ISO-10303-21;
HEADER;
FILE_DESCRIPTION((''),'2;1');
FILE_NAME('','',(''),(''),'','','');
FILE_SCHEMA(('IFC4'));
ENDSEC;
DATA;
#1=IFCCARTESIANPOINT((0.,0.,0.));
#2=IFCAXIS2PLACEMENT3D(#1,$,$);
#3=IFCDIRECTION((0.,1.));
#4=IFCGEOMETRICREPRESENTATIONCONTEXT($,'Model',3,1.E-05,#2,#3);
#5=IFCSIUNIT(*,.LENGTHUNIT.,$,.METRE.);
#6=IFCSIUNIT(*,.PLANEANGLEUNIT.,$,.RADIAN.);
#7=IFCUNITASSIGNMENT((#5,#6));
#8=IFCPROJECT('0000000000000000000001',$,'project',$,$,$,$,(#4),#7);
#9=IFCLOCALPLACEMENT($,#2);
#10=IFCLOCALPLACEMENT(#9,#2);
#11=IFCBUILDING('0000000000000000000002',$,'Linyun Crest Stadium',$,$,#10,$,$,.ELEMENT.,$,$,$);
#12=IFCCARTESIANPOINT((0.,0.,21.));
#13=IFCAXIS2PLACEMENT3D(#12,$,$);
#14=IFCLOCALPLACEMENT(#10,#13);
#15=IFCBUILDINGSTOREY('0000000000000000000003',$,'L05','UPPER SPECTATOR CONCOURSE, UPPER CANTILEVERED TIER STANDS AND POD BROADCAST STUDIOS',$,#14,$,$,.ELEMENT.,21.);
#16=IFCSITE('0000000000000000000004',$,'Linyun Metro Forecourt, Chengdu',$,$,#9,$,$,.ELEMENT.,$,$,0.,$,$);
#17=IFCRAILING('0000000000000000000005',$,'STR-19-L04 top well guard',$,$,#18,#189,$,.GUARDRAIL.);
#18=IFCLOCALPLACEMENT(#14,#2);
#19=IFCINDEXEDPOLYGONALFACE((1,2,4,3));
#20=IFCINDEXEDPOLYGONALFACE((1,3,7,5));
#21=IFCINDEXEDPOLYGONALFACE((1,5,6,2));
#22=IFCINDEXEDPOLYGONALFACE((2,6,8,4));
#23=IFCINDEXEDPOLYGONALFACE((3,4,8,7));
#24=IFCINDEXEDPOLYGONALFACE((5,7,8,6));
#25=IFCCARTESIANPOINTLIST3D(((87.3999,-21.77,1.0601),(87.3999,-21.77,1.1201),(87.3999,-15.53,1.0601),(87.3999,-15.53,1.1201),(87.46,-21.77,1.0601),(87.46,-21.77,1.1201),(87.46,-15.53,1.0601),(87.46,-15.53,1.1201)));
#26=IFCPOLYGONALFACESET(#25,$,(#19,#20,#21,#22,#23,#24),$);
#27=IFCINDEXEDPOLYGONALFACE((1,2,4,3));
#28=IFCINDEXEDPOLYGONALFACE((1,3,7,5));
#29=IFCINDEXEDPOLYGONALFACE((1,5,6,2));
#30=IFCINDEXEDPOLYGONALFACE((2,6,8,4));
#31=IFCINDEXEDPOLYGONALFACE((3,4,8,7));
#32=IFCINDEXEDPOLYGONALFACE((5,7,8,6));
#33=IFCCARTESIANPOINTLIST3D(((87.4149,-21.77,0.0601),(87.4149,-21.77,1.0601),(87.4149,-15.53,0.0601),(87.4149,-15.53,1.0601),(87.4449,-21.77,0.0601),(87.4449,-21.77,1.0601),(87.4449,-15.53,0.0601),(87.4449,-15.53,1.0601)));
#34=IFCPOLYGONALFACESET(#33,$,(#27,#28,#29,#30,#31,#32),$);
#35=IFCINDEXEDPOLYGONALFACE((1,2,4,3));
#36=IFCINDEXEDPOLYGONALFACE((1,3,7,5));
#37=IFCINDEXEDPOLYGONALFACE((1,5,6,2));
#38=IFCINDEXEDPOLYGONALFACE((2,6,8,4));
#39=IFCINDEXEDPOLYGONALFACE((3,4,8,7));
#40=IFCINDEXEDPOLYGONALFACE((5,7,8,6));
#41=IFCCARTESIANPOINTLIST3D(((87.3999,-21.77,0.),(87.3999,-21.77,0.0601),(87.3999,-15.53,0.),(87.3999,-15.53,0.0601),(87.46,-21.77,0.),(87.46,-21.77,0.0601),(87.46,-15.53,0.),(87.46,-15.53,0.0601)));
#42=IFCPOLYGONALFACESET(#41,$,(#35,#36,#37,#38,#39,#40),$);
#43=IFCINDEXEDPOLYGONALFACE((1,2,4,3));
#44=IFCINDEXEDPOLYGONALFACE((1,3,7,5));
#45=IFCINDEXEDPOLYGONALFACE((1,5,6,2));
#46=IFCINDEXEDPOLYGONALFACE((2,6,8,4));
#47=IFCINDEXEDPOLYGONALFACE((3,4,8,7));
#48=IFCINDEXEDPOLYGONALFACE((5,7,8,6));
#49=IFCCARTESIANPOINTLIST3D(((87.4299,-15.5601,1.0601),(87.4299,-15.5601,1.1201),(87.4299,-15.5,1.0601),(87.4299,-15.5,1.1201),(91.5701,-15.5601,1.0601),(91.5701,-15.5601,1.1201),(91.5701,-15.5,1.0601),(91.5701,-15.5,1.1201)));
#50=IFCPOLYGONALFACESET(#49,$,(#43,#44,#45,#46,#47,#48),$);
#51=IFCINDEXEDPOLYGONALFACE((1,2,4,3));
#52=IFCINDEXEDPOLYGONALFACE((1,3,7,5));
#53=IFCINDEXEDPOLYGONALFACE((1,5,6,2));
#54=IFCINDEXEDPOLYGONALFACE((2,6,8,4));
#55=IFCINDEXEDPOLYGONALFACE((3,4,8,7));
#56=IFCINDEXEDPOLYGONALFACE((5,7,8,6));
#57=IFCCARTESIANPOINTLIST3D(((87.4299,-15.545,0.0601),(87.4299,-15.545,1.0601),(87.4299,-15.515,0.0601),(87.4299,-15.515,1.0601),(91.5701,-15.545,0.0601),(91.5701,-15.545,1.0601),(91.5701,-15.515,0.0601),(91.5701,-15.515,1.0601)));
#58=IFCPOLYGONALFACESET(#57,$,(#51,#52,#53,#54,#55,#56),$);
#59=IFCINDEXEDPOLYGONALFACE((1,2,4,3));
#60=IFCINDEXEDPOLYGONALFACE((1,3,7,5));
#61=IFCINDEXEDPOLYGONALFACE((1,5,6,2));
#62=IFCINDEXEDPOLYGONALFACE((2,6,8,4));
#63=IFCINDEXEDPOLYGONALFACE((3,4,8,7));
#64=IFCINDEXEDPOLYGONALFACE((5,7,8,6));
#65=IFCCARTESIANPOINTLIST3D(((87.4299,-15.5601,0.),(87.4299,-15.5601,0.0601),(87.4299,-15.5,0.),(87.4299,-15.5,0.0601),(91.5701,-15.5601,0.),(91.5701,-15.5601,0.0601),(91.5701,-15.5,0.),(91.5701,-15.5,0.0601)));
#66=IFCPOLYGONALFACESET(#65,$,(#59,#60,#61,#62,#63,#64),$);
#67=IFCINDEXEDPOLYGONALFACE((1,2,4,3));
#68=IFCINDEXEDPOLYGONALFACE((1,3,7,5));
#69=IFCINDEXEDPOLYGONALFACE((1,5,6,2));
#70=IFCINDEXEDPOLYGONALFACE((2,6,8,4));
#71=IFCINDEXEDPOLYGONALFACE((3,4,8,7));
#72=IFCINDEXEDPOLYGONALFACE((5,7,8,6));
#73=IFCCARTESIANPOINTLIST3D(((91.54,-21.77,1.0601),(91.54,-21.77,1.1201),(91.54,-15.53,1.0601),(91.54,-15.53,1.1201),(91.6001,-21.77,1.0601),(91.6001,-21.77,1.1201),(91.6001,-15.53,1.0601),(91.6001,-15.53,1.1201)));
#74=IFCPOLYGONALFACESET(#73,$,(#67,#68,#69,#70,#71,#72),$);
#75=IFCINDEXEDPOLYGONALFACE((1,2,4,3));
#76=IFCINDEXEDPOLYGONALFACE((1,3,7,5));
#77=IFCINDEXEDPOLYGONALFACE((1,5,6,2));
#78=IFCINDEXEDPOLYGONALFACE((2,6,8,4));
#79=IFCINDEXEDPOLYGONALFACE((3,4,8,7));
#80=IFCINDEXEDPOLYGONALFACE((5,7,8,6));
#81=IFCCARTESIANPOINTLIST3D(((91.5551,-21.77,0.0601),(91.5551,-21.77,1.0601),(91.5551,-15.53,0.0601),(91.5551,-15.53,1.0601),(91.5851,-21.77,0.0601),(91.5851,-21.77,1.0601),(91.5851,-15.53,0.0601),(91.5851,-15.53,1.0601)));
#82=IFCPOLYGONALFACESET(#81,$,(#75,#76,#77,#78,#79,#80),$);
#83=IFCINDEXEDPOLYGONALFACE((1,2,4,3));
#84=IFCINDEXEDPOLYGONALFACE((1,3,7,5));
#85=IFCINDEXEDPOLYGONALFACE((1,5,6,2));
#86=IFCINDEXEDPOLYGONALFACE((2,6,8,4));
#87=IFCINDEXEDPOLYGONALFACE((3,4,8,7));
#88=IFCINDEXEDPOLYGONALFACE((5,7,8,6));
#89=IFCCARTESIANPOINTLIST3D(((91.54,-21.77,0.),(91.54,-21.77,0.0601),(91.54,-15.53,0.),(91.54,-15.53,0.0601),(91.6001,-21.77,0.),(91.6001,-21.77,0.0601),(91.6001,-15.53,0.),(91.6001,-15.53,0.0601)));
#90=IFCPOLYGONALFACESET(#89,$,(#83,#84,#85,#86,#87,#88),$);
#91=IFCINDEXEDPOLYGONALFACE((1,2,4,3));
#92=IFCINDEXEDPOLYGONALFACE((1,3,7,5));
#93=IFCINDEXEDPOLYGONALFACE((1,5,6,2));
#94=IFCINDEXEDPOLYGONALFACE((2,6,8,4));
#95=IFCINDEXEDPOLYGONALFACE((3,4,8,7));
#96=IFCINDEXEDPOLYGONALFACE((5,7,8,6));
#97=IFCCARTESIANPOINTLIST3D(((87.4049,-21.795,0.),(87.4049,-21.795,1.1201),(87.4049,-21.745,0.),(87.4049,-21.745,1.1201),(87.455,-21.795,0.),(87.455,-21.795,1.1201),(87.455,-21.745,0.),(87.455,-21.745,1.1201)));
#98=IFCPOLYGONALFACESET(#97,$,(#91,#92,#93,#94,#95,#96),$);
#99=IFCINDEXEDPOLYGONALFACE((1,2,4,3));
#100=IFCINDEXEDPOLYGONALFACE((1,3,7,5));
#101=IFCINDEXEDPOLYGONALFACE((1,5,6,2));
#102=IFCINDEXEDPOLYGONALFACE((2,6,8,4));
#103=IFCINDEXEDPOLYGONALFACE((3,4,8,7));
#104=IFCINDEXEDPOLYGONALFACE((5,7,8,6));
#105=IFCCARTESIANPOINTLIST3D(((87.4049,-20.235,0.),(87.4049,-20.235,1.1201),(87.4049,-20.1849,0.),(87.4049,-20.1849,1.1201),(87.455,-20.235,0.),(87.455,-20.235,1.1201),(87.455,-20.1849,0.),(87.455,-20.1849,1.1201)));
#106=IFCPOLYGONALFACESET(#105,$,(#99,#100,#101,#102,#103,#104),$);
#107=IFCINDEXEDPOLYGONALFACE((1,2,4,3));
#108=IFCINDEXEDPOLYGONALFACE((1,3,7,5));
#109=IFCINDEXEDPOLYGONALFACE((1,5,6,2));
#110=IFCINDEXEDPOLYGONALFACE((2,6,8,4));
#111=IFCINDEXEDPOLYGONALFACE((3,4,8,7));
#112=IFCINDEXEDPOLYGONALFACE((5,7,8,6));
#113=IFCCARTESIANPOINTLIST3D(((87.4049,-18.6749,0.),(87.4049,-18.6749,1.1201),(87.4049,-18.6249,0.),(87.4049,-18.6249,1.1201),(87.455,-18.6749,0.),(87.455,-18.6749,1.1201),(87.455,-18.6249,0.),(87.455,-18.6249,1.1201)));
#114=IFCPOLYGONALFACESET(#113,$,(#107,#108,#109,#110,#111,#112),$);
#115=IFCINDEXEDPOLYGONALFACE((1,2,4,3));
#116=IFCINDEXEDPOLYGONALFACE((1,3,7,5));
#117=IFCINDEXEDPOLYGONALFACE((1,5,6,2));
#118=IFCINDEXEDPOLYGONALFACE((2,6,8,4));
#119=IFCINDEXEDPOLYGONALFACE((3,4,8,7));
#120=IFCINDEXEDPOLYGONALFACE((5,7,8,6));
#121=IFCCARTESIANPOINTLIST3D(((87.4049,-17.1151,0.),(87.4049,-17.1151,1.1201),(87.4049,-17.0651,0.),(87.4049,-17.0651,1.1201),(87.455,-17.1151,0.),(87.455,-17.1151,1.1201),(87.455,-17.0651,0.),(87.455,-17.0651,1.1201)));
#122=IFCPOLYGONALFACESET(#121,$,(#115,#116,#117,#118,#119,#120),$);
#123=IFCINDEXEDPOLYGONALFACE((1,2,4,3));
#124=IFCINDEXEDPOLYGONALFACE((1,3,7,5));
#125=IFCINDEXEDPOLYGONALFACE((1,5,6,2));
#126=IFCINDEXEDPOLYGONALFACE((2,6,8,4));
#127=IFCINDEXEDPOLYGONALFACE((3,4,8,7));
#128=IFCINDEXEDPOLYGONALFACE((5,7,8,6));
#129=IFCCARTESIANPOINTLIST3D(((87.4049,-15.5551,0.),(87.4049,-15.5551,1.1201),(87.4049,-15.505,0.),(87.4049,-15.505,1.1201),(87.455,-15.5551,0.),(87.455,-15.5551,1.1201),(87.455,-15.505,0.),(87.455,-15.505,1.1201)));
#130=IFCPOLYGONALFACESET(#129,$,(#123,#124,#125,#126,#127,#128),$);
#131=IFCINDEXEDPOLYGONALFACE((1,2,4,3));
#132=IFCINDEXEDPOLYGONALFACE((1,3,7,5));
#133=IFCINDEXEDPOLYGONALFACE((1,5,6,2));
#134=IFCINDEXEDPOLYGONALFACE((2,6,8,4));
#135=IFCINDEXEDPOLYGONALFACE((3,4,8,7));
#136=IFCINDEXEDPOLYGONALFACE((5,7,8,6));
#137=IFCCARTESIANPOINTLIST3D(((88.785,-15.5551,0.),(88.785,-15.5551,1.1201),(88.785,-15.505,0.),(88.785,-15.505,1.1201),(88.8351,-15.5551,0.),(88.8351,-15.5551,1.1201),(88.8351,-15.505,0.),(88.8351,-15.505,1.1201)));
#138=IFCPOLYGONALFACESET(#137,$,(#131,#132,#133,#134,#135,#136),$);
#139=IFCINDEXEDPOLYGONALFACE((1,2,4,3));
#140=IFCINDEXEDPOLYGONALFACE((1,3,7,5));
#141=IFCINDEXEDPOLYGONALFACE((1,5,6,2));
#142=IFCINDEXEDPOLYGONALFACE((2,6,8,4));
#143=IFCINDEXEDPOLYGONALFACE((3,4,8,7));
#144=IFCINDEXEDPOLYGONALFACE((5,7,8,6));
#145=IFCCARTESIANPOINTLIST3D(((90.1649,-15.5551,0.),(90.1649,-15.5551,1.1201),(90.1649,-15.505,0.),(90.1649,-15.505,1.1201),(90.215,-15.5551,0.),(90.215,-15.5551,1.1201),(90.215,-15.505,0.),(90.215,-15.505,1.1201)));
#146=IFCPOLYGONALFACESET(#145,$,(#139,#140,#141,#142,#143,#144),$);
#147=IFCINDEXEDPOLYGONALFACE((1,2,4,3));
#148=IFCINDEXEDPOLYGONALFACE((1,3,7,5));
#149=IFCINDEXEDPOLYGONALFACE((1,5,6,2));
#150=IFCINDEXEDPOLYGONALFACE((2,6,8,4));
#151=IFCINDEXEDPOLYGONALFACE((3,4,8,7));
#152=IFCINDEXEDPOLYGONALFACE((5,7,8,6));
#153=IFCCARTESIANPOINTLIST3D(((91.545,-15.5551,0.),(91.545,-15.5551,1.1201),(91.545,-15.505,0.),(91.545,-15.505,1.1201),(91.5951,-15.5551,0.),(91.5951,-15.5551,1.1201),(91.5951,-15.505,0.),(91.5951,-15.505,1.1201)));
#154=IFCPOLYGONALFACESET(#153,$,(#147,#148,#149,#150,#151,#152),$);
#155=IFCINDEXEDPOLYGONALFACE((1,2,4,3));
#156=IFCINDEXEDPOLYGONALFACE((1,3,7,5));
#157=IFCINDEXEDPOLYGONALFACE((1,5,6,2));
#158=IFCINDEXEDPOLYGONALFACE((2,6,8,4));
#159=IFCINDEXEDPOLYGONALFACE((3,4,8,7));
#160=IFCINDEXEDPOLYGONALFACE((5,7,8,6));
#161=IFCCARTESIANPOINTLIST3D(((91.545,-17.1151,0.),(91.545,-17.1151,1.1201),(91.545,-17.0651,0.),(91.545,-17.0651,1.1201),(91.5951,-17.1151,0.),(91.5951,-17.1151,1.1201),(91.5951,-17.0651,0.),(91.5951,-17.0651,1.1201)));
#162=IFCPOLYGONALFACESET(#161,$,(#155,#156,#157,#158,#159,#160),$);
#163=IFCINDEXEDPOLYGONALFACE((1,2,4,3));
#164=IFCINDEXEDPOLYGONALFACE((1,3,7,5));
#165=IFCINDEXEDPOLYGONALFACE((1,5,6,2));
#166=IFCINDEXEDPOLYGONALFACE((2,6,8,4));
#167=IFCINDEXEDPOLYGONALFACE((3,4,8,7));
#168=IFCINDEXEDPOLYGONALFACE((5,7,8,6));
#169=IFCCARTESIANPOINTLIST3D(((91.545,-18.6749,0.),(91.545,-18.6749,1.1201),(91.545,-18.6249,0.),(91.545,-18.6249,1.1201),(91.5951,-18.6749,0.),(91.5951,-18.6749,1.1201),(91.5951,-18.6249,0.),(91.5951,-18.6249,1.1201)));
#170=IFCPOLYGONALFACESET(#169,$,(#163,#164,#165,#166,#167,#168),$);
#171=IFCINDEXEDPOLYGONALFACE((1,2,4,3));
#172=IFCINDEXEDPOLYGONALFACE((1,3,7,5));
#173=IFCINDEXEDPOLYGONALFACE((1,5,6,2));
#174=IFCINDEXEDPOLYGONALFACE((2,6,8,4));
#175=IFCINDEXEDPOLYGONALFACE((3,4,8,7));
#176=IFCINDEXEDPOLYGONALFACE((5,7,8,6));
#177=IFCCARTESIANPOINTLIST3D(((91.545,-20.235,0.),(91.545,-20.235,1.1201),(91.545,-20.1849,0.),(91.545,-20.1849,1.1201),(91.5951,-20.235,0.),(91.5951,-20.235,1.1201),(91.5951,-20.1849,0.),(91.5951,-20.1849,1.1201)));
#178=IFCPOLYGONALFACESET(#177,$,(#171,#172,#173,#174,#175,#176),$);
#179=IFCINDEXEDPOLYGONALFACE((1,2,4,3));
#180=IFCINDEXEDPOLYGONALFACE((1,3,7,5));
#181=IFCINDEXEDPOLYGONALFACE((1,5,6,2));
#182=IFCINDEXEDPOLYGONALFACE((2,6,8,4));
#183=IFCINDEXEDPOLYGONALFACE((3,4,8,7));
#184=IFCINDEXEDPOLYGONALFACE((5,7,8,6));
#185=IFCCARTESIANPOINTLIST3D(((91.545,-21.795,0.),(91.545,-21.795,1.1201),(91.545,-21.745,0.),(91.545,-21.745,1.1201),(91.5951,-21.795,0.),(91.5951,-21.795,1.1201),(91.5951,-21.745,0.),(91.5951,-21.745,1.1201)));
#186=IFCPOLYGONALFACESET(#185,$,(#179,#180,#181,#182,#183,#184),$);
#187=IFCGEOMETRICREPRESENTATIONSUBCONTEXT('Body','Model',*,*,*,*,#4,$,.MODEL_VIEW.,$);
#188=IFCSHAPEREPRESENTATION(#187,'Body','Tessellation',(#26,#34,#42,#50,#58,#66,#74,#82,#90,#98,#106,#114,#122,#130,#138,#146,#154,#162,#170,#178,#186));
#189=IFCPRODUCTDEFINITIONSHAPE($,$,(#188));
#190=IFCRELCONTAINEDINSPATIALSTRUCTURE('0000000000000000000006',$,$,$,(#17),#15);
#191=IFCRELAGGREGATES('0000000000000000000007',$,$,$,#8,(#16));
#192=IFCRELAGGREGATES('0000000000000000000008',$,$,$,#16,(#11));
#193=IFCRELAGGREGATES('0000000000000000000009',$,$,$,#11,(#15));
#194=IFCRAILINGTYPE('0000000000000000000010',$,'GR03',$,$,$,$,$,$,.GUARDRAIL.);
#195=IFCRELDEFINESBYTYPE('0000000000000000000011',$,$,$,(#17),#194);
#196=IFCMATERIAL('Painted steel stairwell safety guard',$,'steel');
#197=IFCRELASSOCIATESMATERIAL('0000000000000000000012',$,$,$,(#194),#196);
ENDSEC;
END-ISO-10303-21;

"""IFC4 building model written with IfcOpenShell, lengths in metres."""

from ifc_helpers import new_model, si_unit, direction, frame, origin, origin_2d, place, context, subcontext, project, spatial, rectangle, extrude, material, type_object, element, save


model = new_model("IFC4")

# Units and contexts
model_context = context("Model", 3, precision=1e-05, world=origin(), true_north=direction((0.0, 1.0)))
body_context = subcontext(model_context, "Body", "Model", "MODEL_VIEW")
ifc_project = project(units=[si_unit("LENGTHUNIT", "METRE"), si_unit("PLANEANGLEUNIT", "RADIAN")], contexts=[model_context])

# Site, building, storey
site_placement = place(None, origin())
site = spatial("IfcSite", under=ifc_project, at=site_placement, Name="Linyun Metro Forecourt, Chengdu", CompositionType="ELEMENT", RefElevation=0.0)
building_placement = place(site_placement, origin())
building = spatial("IfcBuilding", under=site, at=building_placement, Name="Linyun Crest Stadium", CompositionType="ELEMENT")
storey_placement = place(building_placement, frame((0.0, 0.0, 21.0)))
storey = spatial("IfcBuildingStorey", under=building, at=storey_placement, Name="L05", Description="UPPER SPECTATOR CONCOURSE, UPPER CANTILEVERED TIER STANDS AND POD BROADCAST STUDIOS", CompositionType="ELEMENT", Elevation=21.0)

# Railing
ifc_material_1 = material(Name="Painted steel stairwell safety guard", Category="steel")
railing_type_1 = type_object("IfcRailingType", Name="GR03", PredefinedType="GUARDRAIL", material=ifc_material_1)
railing_1_placement = place(storey_placement, frame((87.4299, -21.77, 0.0)))
element("IfcRailing", 1, at=railing_1_placement, inside=storey, type_object=railing_type_1, Name="STR-19-L04 top well guard", PredefinedType="GUARDRAIL", context=body_context, shape_type="SweptSolid", body=[
    extrude(rectangle(XDim=0.0601, YDim=0.0601, at=origin_2d()), frame((0.0, 0.0, 1.0901), z_axis=(0.0, 1.0, 0.0), x_axis=(-1.0, 0.0, 0.0)), (0.0, 0.0, 1.0), 6.24),
    extrude(rectangle(XDim=0.03, YDim=1.0, at=origin_2d()), frame((0.0, 0.0, 0.5601), z_axis=(0.0, 1.0, 0.0), x_axis=(-1.0, 0.0, 0.0)), (0.0, 0.0, 1.0), 6.24),
    extrude(rectangle(XDim=0.0601, YDim=0.0601, at=origin_2d()), frame((0.0, 0.0, 0.03), z_axis=(0.0, 1.0, 0.0), x_axis=(-1.0, 0.0, 0.0)), (0.0, 0.0, 1.0), 6.24),
    extrude(rectangle(XDim=0.0601, YDim=0.0601, at=origin_2d()), frame((0.0, 6.24, 1.0901), z_axis=(1.0, 0.0, 0.0), x_axis=(0.0, 1.0, 0.0)), (0.0, 0.0, 1.0), 4.1401),
    extrude(rectangle(XDim=0.03, YDim=1.0, at=origin_2d()), frame((0.0, 6.24, 0.5601), z_axis=(1.0, 0.0, 0.0), x_axis=(0.0, 1.0, 0.0)), (0.0, 0.0, 1.0), 4.1401),
    extrude(rectangle(XDim=0.0601, YDim=0.0601, at=origin_2d()), frame((0.0, 6.24, 0.03), z_axis=(1.0, 0.0, 0.0), x_axis=(0.0, 1.0, 0.0)), (0.0, 0.0, 1.0), 4.1401),
    extrude(rectangle(XDim=0.0601, YDim=0.0601, at=origin_2d()), frame((4.1401, 6.24, 1.0901), z_axis=(0.0, -1.0, 0.0), x_axis=(1.0, 0.0, 0.0)), (0.0, 0.0, 1.0), 6.24),
    extrude(rectangle(XDim=0.03, YDim=1.0, at=origin_2d()), frame((4.1401, 6.24, 0.5601), z_axis=(0.0, -1.0, 0.0), x_axis=(1.0, 0.0, 0.0)), (0.0, 0.0, 1.0), 6.24),
    extrude(rectangle(XDim=0.0601, YDim=0.0601, at=origin_2d()), frame((4.1401, 6.24, 0.03), z_axis=(0.0, -1.0, 0.0), x_axis=(1.0, 0.0, 0.0)), (0.0, 0.0, 1.0), 6.24),
    extrude(rectangle(XDim=0.05, YDim=0.05, at=origin_2d()), origin(), (0.0, 0.0, 1.0), 1.1201),
    extrude(rectangle(XDim=0.05, YDim=0.05, at=origin_2d()), frame((0.0, 1.5601, 0.0)), (0.0, 0.0, 1.0), 1.1201),
    extrude(rectangle(XDim=0.05, YDim=0.05, at=origin_2d()), frame((0.0, 3.1201, 0.0)), (0.0, 0.0, 1.0), 1.1201),
    extrude(rectangle(XDim=0.05, YDim=0.05, at=origin_2d()), frame((0.0, 4.6799, 0.0)), (0.0, 0.0, 1.0), 1.1201),
    extrude(rectangle(XDim=0.05, YDim=0.05, at=origin_2d()), frame((0.0, 6.24, 0.0)), (0.0, 0.0, 1.0), 1.1201),
    extrude(rectangle(XDim=0.05, YDim=0.05, at=origin_2d()), frame((1.3801, 6.24, 0.0)), (0.0, 0.0, 1.0), 1.1201),
    extrude(rectangle(XDim=0.05, YDim=0.05, at=origin_2d()), frame((2.76, 6.24, 0.0)), (0.0, 0.0, 1.0), 1.1201),
    extrude(rectangle(XDim=0.05, YDim=0.05, at=origin_2d()), frame((4.1401, 6.24, 0.0)), (0.0, 0.0, 1.0), 1.1201),
    extrude(rectangle(XDim=0.05, YDim=0.05, at=origin_2d()), frame((4.1401, 4.6799, 0.0)), (0.0, 0.0, 1.0), 1.1201),
    extrude(rectangle(XDim=0.05, YDim=0.05, at=origin_2d()), frame((4.1401, 3.1201, 0.0)), (0.0, 0.0, 1.0), 1.1201),
    extrude(rectangle(XDim=0.05, YDim=0.05, at=origin_2d()), frame((4.1401, 1.5601, 0.0)), (0.0, 0.0, 1.0), 1.1201),
    extrude(rectangle(XDim=0.05, YDim=0.05, at=origin_2d()), frame((4.1401, 0.0, 0.0)), (0.0, 0.0, 1.0), 1.1201),
])

save(model, "model.ifc")
